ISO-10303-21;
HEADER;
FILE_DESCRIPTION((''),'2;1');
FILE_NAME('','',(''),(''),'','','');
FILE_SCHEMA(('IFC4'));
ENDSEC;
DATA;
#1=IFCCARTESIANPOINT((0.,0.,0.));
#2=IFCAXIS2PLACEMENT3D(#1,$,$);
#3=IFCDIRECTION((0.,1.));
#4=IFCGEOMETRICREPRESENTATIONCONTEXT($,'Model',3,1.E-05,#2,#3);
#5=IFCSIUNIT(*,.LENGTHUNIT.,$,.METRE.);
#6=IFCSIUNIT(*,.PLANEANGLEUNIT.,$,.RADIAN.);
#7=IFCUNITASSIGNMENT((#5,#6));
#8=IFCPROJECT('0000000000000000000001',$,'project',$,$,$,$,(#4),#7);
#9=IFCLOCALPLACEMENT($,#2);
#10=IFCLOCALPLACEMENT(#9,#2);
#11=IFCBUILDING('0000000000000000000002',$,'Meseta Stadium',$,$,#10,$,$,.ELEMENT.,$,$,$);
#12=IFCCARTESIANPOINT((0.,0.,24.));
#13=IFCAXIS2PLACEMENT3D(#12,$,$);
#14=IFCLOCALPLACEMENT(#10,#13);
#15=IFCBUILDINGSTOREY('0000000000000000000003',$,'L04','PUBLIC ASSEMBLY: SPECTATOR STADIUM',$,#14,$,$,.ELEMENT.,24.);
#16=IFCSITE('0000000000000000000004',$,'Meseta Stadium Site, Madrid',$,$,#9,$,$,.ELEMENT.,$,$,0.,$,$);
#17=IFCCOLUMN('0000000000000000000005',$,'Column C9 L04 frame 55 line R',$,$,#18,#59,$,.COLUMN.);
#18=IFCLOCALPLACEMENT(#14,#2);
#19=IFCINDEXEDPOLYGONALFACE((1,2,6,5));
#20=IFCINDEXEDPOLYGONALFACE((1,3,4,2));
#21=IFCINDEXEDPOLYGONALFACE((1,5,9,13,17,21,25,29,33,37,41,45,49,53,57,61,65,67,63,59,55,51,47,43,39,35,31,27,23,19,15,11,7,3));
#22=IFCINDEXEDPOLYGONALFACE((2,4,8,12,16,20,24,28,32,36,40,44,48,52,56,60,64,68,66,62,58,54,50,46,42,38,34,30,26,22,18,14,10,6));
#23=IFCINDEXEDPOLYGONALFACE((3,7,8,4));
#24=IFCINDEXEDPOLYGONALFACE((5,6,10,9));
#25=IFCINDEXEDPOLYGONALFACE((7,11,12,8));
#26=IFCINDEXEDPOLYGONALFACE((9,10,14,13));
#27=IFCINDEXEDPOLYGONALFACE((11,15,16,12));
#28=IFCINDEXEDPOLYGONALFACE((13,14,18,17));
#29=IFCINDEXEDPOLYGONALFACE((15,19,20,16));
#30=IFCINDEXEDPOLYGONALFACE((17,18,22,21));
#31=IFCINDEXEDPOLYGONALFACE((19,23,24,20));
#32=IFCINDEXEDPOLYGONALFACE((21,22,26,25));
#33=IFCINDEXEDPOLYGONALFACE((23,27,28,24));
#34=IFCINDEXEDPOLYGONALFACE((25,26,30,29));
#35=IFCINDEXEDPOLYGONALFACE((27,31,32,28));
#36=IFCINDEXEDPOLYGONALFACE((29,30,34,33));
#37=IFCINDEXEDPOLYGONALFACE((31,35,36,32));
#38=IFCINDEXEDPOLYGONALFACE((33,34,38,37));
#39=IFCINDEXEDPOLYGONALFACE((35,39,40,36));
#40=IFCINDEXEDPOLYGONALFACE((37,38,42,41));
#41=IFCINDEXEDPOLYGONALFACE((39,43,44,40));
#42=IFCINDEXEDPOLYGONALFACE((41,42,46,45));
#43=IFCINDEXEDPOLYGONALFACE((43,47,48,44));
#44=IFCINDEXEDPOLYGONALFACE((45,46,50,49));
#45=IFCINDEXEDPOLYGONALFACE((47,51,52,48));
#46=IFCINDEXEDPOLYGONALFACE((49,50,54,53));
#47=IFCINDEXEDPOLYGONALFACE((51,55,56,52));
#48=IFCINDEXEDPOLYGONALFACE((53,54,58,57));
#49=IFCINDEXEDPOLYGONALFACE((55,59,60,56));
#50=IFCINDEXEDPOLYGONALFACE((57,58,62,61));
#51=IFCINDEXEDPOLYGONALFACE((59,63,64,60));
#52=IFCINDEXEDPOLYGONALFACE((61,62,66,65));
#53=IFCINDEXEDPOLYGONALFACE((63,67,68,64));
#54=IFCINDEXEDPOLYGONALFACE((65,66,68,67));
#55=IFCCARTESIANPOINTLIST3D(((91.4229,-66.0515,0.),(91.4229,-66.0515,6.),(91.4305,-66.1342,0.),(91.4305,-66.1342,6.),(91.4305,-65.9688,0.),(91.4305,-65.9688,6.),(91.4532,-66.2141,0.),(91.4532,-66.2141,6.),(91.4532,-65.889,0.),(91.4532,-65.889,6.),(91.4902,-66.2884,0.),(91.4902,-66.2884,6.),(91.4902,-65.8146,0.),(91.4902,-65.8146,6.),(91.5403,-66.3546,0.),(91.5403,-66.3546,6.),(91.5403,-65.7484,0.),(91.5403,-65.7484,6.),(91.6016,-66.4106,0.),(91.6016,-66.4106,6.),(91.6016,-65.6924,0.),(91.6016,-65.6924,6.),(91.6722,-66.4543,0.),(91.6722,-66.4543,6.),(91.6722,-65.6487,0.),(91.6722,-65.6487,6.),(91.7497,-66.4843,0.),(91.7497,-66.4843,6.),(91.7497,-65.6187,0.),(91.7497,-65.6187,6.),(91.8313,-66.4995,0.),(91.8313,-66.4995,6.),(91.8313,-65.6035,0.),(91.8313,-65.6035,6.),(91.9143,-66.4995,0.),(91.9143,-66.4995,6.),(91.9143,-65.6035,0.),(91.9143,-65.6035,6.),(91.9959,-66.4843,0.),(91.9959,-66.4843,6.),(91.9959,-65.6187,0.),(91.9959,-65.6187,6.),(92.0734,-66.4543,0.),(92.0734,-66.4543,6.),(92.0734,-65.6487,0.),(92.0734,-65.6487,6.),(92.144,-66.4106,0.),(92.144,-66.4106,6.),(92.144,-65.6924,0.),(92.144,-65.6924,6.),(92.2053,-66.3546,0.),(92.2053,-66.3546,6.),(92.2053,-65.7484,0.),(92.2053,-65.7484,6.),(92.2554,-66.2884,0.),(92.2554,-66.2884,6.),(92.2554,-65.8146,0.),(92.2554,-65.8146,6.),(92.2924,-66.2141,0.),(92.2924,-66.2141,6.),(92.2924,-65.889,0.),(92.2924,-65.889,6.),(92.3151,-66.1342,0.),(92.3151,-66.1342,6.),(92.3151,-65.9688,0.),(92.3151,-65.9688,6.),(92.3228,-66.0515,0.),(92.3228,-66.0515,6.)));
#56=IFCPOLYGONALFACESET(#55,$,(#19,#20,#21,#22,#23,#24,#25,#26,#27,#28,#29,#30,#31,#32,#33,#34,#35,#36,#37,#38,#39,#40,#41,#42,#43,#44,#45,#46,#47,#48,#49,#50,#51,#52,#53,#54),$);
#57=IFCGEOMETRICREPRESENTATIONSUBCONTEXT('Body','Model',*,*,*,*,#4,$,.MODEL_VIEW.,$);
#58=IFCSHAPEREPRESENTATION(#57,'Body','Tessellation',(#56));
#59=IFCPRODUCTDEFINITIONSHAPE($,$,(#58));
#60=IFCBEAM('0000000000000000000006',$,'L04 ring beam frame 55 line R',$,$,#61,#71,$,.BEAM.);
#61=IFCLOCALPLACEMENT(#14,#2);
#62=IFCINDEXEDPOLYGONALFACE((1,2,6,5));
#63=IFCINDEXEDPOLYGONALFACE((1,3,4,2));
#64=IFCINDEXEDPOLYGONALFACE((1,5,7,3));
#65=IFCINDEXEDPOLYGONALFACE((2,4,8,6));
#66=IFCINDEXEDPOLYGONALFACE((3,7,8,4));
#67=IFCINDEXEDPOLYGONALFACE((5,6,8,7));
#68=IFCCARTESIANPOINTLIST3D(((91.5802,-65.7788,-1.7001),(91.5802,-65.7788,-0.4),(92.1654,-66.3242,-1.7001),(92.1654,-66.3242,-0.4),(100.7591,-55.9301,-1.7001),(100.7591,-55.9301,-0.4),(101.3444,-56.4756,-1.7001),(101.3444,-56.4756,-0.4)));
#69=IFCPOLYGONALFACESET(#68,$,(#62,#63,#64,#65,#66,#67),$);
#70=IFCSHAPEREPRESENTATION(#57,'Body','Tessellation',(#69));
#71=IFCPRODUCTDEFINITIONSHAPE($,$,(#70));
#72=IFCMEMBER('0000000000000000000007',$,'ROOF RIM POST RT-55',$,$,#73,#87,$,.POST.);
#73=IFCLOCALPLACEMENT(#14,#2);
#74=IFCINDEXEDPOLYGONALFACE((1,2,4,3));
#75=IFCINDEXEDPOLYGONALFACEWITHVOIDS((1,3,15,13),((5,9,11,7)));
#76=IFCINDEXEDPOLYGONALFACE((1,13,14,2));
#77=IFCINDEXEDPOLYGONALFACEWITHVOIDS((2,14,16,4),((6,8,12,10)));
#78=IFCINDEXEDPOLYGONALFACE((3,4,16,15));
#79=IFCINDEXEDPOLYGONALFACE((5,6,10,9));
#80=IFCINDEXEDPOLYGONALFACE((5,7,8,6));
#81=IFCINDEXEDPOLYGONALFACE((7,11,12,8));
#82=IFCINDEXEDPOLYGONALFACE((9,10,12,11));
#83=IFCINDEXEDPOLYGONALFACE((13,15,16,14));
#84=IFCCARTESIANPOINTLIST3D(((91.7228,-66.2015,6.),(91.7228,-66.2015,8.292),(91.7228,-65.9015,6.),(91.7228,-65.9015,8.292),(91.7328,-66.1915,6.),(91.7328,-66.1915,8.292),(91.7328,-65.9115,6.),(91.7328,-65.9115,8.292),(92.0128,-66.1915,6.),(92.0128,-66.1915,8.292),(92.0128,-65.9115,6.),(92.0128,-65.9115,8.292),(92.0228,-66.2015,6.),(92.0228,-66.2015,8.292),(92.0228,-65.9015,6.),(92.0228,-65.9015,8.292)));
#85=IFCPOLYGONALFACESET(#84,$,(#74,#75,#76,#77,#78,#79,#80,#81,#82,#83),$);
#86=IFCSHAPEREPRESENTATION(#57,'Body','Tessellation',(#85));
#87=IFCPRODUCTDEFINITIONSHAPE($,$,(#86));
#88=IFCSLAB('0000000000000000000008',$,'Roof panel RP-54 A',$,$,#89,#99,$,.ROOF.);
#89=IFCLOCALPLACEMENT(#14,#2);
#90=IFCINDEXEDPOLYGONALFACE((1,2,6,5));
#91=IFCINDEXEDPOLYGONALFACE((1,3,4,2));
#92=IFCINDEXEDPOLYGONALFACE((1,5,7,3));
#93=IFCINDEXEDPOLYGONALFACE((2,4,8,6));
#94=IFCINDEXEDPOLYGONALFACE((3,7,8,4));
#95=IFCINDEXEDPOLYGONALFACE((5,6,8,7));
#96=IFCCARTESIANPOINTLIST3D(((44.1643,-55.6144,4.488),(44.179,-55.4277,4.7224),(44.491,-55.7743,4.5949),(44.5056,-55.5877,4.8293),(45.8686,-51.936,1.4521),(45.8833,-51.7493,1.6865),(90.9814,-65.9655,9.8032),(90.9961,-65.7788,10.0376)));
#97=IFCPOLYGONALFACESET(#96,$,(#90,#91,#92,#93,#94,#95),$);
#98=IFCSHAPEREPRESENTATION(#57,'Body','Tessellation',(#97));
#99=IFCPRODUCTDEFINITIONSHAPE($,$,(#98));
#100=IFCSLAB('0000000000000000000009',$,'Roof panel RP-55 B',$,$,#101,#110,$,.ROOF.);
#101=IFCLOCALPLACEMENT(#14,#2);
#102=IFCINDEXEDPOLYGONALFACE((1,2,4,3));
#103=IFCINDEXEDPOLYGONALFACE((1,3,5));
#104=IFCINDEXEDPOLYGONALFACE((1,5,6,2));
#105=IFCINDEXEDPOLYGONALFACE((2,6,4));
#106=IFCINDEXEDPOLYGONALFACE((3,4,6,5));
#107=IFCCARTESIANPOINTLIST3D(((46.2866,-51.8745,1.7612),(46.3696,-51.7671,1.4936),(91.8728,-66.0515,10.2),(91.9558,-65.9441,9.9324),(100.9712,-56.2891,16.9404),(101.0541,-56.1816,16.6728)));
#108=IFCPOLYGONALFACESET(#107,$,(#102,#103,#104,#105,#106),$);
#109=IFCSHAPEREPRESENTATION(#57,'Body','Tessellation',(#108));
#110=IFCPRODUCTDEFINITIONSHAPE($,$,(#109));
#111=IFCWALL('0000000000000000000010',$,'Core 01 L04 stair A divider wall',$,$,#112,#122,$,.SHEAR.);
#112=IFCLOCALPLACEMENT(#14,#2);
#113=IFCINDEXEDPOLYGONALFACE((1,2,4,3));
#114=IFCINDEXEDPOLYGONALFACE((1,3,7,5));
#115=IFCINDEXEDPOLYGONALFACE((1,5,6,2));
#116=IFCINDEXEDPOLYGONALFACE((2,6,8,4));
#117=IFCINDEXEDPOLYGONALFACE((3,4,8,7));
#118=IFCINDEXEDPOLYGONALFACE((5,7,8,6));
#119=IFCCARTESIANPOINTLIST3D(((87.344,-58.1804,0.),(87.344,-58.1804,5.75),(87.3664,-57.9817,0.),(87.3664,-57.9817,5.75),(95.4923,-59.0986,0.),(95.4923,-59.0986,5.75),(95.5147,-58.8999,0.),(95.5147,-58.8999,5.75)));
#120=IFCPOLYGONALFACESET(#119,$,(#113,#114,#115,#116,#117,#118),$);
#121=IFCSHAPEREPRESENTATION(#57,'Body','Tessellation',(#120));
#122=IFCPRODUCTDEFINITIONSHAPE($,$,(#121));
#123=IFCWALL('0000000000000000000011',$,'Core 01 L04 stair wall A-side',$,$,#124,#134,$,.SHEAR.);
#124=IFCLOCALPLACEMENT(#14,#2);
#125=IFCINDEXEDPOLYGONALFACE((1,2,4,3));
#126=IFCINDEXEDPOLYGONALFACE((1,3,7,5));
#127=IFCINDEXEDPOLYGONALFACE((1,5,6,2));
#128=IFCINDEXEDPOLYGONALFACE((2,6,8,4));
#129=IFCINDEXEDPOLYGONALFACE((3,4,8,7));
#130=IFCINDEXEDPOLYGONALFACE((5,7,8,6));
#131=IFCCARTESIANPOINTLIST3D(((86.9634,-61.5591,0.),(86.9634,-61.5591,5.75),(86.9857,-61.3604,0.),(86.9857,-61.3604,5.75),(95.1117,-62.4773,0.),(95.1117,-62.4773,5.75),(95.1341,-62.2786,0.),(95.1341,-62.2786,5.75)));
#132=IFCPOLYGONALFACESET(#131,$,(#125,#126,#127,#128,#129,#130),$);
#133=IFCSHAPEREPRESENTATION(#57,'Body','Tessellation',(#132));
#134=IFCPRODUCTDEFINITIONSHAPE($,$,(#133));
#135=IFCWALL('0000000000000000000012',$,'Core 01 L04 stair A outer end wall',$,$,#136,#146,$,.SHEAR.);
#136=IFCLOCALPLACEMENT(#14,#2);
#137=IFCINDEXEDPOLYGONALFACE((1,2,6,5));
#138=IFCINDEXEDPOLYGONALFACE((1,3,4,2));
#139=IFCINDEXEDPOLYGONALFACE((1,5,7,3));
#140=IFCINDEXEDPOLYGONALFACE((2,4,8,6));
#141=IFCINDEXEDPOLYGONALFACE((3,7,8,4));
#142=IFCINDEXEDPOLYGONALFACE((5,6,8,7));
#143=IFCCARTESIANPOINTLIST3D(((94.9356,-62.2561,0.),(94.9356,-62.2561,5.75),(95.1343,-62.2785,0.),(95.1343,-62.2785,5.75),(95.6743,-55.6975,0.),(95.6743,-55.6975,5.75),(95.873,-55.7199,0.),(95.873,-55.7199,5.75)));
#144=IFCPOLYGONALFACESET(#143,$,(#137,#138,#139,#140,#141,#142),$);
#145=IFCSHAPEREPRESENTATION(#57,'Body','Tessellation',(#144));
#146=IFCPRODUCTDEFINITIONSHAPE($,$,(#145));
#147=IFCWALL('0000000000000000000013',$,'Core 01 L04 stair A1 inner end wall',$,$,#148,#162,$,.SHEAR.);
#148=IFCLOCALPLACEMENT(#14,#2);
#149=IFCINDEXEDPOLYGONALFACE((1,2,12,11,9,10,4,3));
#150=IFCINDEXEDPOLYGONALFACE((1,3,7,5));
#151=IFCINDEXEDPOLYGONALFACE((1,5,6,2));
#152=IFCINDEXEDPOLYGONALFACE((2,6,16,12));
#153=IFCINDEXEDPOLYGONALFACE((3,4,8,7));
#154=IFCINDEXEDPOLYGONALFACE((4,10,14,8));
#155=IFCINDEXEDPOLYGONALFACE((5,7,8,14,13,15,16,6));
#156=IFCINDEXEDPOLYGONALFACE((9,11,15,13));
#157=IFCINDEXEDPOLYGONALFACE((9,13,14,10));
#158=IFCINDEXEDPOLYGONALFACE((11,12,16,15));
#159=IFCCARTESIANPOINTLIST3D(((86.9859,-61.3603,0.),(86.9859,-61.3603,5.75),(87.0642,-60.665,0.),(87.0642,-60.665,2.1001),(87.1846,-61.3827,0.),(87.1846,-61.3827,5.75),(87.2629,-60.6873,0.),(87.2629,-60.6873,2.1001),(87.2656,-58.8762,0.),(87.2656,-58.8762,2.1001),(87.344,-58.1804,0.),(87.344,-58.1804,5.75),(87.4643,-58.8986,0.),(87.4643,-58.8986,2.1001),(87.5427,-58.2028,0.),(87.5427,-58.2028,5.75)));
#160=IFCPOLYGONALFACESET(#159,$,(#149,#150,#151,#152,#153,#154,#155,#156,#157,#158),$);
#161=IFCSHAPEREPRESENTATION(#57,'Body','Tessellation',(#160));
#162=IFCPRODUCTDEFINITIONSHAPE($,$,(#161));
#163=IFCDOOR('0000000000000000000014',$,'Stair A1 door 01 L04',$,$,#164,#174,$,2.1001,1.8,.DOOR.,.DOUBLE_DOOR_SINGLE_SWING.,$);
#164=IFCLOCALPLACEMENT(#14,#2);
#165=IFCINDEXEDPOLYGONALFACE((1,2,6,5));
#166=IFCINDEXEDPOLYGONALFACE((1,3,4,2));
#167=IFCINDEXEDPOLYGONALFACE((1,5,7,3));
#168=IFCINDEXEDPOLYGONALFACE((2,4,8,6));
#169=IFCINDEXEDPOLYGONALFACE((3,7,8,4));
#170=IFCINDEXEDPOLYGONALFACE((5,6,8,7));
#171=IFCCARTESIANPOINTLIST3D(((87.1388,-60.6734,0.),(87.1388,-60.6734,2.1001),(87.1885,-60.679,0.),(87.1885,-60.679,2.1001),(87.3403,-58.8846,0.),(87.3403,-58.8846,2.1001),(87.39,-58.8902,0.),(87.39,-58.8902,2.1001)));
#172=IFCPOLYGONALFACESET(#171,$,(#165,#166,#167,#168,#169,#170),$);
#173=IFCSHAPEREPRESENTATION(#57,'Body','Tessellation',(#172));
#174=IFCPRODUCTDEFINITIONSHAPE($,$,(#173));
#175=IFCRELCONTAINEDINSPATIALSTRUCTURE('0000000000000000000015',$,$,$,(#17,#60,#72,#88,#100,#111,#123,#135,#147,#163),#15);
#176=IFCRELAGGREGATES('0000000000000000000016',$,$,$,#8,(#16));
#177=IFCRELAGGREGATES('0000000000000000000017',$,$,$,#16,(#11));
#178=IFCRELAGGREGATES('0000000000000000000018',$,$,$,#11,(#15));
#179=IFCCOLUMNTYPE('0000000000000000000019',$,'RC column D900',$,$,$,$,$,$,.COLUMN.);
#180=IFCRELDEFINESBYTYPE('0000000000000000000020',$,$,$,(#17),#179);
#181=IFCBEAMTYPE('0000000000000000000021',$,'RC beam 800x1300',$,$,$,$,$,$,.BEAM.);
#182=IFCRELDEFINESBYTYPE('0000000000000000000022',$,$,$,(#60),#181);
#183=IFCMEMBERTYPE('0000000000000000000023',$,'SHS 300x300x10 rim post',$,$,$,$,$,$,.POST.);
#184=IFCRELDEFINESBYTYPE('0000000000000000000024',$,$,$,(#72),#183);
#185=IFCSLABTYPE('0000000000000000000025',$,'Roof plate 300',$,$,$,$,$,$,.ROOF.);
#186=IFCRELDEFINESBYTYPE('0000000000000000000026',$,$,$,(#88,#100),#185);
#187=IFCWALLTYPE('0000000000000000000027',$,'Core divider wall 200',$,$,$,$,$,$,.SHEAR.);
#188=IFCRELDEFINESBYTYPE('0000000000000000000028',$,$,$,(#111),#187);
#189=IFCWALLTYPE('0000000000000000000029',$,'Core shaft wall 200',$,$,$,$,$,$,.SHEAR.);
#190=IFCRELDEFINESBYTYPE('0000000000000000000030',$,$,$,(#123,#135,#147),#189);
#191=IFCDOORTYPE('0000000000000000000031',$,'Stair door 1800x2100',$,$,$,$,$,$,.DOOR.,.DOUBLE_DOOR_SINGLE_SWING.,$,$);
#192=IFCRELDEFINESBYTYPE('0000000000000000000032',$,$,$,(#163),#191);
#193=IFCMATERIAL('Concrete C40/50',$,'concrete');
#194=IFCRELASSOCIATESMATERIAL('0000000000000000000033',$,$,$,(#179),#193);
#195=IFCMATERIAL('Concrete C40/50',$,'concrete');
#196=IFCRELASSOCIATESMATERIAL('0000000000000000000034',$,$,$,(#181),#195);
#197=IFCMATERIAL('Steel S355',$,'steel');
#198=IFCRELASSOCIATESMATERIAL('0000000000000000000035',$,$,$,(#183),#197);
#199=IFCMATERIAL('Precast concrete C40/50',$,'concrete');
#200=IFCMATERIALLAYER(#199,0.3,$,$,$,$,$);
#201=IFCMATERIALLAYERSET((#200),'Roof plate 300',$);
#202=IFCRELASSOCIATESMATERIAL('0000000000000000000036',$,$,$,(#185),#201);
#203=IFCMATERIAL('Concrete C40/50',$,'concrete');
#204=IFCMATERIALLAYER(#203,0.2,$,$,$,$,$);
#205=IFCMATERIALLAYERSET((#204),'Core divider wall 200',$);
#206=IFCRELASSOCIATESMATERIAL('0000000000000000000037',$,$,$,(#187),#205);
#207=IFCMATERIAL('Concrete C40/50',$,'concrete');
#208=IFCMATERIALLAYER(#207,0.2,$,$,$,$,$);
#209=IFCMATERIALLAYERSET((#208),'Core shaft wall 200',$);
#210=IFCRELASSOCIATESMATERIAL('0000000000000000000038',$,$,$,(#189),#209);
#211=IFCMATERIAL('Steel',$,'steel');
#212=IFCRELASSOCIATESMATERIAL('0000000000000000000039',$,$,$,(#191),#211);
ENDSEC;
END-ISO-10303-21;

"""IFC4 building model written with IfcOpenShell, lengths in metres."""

from ifc_helpers import new_model, si_unit, direction, frame, frame_2d, origin, origin_2d, place, context, subcontext, project, spatial, polyline, rectangle, hollow_rectangle, circle, outline, extrude, material, layer, layer_set, material_profile, profile_set, type_object, element, fill, save


model = new_model("IFC4")

# Units and contexts
model_context = context("Model", 3, precision=1e-05, world=origin(), true_north=direction((0.0, 1.0)))
body_context = subcontext(model_context, "Body", "Model", "MODEL_VIEW")
ifc_project = project(units=[si_unit("LENGTHUNIT", "METRE"), si_unit("PLANEANGLEUNIT", "RADIAN")], contexts=[model_context])

# Site, building, storey
site_placement = place(None, origin())
site = spatial("IfcSite", under=ifc_project, at=site_placement, Name="Meseta Stadium Site, Madrid", CompositionType="ELEMENT", RefElevation=0.0)
building_placement = place(site_placement, origin())
building = spatial("IfcBuilding", under=site, at=building_placement, Name="Meseta Stadium", CompositionType="ELEMENT")
storey_placement = place(building_placement, frame((0.0, 0.0, 24.0)))
storey = spatial("IfcBuildingStorey", under=building, at=storey_placement, Name="L04", Description="PUBLIC ASSEMBLY: SPECTATOR STADIUM", CompositionType="ELEMENT", Elevation=24.0)

# Column
ifc_material_1 = material(Name="Concrete C40/50", Category="concrete")
ifc_material_profile_1 = material_profile(ifc_material_1, circle(Radius=0.45, at=origin_2d()), Name="RC D900")
ifc_profile_set_1 = profile_set([ifc_material_profile_1], Name="Concrete C40/50")
column_type = type_object("IfcColumnType", Name="RC column D900", PredefinedType="COLUMN", material=ifc_profile_set_1)
column_placement = place(storey_placement, frame((91.8728, -66.0515, 0.0), z_axis=(0.0, 0.0, 1.0), x_axis=(1.0, 0.0, 0.0)))
element("IfcColumn", 1, at=column_placement, inside=storey, type_object=column_type, Name="Column C9 L04 frame 55 line R", PredefinedType="COLUMN", context=body_context, shape_type="SweptSolid", body=[
    extrude(circle(Radius=0.45, at=origin_2d()), origin(), (0.0, 0.0, 1.0), 6.0),
])

# Beam
ifc_material_2 = material(Name="Concrete C40/50", Category="concrete")
ifc_material_profile_2 = material_profile(ifc_material_2, rectangle(XDim=0.8, YDim=1.3, at=origin_2d()), Name="RC 800x1300")
ifc_profile_set_2 = profile_set([ifc_material_profile_2], Name="Concrete C40/50")
beam_type = type_object("IfcBeamType", Name="RC beam 800x1300", PredefinedType="BEAM", material=ifc_profile_set_2)
beam_placement = place(storey_placement, frame((91.8728, -66.0515, -1.05), z_axis=(0.681798, 0.731541, 0.0), x_axis=(-0.731541, 0.681798, 0.0)))
element("IfcBeam", 2, at=beam_placement, inside=storey, type_object=beam_type, Name="L04 ring beam frame 55 line R", PredefinedType="BEAM", context=body_context, shape_type="SweptSolid", body=[
    extrude(rectangle(XDim=0.8, YDim=1.3, at=origin_2d()), origin(), (0.0, 0.0, 1.0), 13.4629),
])

# Member
ifc_material_3 = material(Name="Steel S355", Category="steel")
ifc_material_profile_3 = material_profile(ifc_material_3, hollow_rectangle(XDim=0.3, YDim=0.3, WallThickness=0.01, at=origin_2d()), Name="SHS 300x300x10")
ifc_profile_set_3 = profile_set([ifc_material_profile_3], Name="Steel S355")
member_type = type_object("IfcMemberType", Name="SHS 300x300x10 rim post", PredefinedType="POST", material=ifc_profile_set_3)
member_placement = place(storey_placement, frame((91.8728, -66.0515, 6.0), z_axis=(0.0, 0.0, 1.0), x_axis=(1.0, 0.0, 0.0)))
element("IfcMember", 3, at=member_placement, inside=storey, type_object=member_type, Name="ROOF RIM POST RT-55", PredefinedType="POST", context=body_context, shape_type="SweptSolid", body=[
    extrude(hollow_rectangle(XDim=0.3, YDim=0.3, WallThickness=0.01, at=origin_2d()), origin(), (0.0, 0.0, 1.0), 2.292),
])

# Slabs
ifc_material_4 = material(Name="Precast concrete C40/50", Category="concrete")
ifc_layer_1 = layer(ifc_material_4, 0.3)
ifc_layer_set_1 = layer_set([ifc_layer_1], Name="Roof plate 300")
slab_type = type_object("IfcSlabType", Name="Roof plate 300", PredefinedType="ROOF", material=ifc_layer_set_1)
slab_1_placement = place(storey_placement, frame((90.9961, -65.7788, 10.0376), z_axis=(0.048862, 0.622205, 0.781328), x_axis=(-0.940313, 0.292426, -0.174067)))
element("IfcSlab", 4, at=slab_1_placement, inside=storey, type_object=slab_type, Name="Roof panel RP-54 A", PredefinedType="ROOF", context=body_context, shape_type="SweptSolid", body=[
    extrude(outline(polyline([(0.0, 0.0), (47.9764, 0.0), (47.9749, 5.0648), (47.6023, 5.135), (0.0, 0.0)])), origin(), (0.0, 0.0, -1.0), 0.3),
])
slab_2_placement = place(storey_placement, frame((91.8728, -66.0515, 10.2), z_axis=(-0.276456, -0.358102, 0.891815), x_axis=(-0.940311, 0.292431, -0.174066)))
element("IfcSlab", 5, at=slab_2_placement, inside=storey, type_object=slab_type, Name="Roof panel RP-55 B", PredefinedType="ROOF", context=body_context, shape_type="SweptSolid", body=[
    extrude(outline(polyline([(0.0, 0.0), (48.4799, 0.0), (-6.8738, -13.2767), (0.0, 0.0)])), origin(), (0.0, 0.0, -1.0), 0.3),
])

# Walls
ifc_material_5 = material(Name="Concrete C40/50", Category="concrete")
ifc_layer_2 = layer(ifc_material_5, 0.2)
ifc_layer_set_2 = layer_set([ifc_layer_2], Name="Core divider wall 200")
wall_type_1 = type_object("IfcWallType", Name="Core divider wall 200", PredefinedType="SHEAR", material=ifc_layer_set_2)
wall_1_placement = place(storey_placement, frame((95.5037, -58.9993, 0.0), z_axis=(0.0, 0.0, 1.0), x_axis=(-0.993711, 0.111977, 0.0)))
element("IfcWall", 6, at=wall_1_placement, inside=storey, type_object=wall_type_1, Name="Core 01 L04 stair A divider wall", PredefinedType="SHEAR", context=body_context, shape_type="SweptSolid", body=[
    extrude(rectangle(XDim=8.2, YDim=0.2, at=frame_2d((4.1001, 0.0))), origin(), (0.0, 0.0, 1.0), 5.75),
])
ifc_material_6 = material(Name="Concrete C40/50", Category="concrete")
ifc_layer_3 = layer(ifc_material_6, 0.2)
ifc_layer_set_3 = layer_set([ifc_layer_3], Name="Core shaft wall 200")
wall_type_2 = type_object("IfcWallType", Name="Core shaft wall 200", PredefinedType="SHEAR", material=ifc_layer_set_3)
wall_2_placement = place(storey_placement, frame((95.123, -62.3779, 0.0), z_axis=(0.0, 0.0, 1.0), x_axis=(-0.993711, 0.111977, 0.0)))
element("IfcWall", 7, at=wall_2_placement, inside=storey, type_object=wall_type_2, Name="Core 01 L04 stair wall A-side", PredefinedType="SHEAR", context=body_context, shape_type="SweptSolid", body=[
    extrude(rectangle(XDim=8.2, YDim=0.2, at=frame_2d((4.1001, 0.0))), origin(), (0.0, 0.0, 1.0), 5.75),
])
wall_3_placement = place(storey_placement, frame((95.0349, -62.2673, 0.0), z_axis=(0.0, 0.0, 1.0), x_axis=(0.111934, 0.993716, 0.0)))
element("IfcWall", 8, at=wall_3_placement, inside=storey, type_object=wall_type_2, Name="Core 01 L04 stair A outer end wall", PredefinedType="SHEAR", context=body_context, shape_type="SweptSolid", body=[
    extrude(rectangle(XDim=6.6001, YDim=0.2, at=frame_2d((3.3, 0.0))), origin(), (0.0, 0.0, 1.0), 5.75),
])

# Wall, opening, door
wall_4_placement = place(storey_placement, frame((87.0852, -61.3716, 0.0), z_axis=(0.0, 0.0, 1.0), x_axis=(0.111922, 0.993717, 0.0)))
wall_4 = element("IfcWall", 9, at=wall_4_placement, inside=storey, type_object=wall_type_2, Name="Core 01 L04 stair A1 inner end wall", PredefinedType="SHEAR", context=body_context, shape_type="SweptSolid", body=[
    extrude(rectangle(XDim=3.2, YDim=0.2, at=frame_2d((1.6001, 0.0))), origin(), (0.0, 0.0, 1.0), 5.75),
])
opening_1_placement = place(wall_4_placement, frame((0.7, 0.0, 0.0)))
opening_1 = element("IfcOpeningElement", 10, at=opening_1_placement, cuts=wall_4, PredefinedType="OPENING", context=body_context, shape_type="SweptSolid", body=[
    extrude(rectangle(XDim=1.8, YDim=2.1001, at=frame_2d((0.8999, 1.05))), frame((0.0, 0.1099, 0.0), z_axis=(0.0, -1.0, 0.0), x_axis=(1.0, 0.0, 0.0)), (0.0, 0.0, 1.0), 0.22),
])
ifc_material_7 = material(Name="Steel", Category="steel")
door_type_1 = type_object("IfcDoorType", Name="Stair door 1800x2100", OperationType="DOUBLE_DOOR_SINGLE_SWING", PredefinedType="DOOR", material=ifc_material_7)
door_1_placement = place(opening_1_placement, origin())
door_1 = element("IfcDoor", 11, at=door_1_placement, inside=storey, type_object=door_type_1, Name="Stair A1 door 01 L04", OperationType="DOUBLE_DOOR_SINGLE_SWING", OverallHeight=2.1001, OverallWidth=1.8, PredefinedType="DOOR", context=body_context, shape_type="SweptSolid", body=[
    extrude(rectangle(XDim=1.8, YDim=2.1001, at=frame_2d((0.8999, 1.05))), frame((0.0, 0.0249, 0.0), z_axis=(0.0, -1.0, 0.0), x_axis=(1.0, 0.0, 0.0)), (0.0, 0.0, 1.0), 0.05),
])
fill(opening_1, door_1)

save(model, "model.ifc")
